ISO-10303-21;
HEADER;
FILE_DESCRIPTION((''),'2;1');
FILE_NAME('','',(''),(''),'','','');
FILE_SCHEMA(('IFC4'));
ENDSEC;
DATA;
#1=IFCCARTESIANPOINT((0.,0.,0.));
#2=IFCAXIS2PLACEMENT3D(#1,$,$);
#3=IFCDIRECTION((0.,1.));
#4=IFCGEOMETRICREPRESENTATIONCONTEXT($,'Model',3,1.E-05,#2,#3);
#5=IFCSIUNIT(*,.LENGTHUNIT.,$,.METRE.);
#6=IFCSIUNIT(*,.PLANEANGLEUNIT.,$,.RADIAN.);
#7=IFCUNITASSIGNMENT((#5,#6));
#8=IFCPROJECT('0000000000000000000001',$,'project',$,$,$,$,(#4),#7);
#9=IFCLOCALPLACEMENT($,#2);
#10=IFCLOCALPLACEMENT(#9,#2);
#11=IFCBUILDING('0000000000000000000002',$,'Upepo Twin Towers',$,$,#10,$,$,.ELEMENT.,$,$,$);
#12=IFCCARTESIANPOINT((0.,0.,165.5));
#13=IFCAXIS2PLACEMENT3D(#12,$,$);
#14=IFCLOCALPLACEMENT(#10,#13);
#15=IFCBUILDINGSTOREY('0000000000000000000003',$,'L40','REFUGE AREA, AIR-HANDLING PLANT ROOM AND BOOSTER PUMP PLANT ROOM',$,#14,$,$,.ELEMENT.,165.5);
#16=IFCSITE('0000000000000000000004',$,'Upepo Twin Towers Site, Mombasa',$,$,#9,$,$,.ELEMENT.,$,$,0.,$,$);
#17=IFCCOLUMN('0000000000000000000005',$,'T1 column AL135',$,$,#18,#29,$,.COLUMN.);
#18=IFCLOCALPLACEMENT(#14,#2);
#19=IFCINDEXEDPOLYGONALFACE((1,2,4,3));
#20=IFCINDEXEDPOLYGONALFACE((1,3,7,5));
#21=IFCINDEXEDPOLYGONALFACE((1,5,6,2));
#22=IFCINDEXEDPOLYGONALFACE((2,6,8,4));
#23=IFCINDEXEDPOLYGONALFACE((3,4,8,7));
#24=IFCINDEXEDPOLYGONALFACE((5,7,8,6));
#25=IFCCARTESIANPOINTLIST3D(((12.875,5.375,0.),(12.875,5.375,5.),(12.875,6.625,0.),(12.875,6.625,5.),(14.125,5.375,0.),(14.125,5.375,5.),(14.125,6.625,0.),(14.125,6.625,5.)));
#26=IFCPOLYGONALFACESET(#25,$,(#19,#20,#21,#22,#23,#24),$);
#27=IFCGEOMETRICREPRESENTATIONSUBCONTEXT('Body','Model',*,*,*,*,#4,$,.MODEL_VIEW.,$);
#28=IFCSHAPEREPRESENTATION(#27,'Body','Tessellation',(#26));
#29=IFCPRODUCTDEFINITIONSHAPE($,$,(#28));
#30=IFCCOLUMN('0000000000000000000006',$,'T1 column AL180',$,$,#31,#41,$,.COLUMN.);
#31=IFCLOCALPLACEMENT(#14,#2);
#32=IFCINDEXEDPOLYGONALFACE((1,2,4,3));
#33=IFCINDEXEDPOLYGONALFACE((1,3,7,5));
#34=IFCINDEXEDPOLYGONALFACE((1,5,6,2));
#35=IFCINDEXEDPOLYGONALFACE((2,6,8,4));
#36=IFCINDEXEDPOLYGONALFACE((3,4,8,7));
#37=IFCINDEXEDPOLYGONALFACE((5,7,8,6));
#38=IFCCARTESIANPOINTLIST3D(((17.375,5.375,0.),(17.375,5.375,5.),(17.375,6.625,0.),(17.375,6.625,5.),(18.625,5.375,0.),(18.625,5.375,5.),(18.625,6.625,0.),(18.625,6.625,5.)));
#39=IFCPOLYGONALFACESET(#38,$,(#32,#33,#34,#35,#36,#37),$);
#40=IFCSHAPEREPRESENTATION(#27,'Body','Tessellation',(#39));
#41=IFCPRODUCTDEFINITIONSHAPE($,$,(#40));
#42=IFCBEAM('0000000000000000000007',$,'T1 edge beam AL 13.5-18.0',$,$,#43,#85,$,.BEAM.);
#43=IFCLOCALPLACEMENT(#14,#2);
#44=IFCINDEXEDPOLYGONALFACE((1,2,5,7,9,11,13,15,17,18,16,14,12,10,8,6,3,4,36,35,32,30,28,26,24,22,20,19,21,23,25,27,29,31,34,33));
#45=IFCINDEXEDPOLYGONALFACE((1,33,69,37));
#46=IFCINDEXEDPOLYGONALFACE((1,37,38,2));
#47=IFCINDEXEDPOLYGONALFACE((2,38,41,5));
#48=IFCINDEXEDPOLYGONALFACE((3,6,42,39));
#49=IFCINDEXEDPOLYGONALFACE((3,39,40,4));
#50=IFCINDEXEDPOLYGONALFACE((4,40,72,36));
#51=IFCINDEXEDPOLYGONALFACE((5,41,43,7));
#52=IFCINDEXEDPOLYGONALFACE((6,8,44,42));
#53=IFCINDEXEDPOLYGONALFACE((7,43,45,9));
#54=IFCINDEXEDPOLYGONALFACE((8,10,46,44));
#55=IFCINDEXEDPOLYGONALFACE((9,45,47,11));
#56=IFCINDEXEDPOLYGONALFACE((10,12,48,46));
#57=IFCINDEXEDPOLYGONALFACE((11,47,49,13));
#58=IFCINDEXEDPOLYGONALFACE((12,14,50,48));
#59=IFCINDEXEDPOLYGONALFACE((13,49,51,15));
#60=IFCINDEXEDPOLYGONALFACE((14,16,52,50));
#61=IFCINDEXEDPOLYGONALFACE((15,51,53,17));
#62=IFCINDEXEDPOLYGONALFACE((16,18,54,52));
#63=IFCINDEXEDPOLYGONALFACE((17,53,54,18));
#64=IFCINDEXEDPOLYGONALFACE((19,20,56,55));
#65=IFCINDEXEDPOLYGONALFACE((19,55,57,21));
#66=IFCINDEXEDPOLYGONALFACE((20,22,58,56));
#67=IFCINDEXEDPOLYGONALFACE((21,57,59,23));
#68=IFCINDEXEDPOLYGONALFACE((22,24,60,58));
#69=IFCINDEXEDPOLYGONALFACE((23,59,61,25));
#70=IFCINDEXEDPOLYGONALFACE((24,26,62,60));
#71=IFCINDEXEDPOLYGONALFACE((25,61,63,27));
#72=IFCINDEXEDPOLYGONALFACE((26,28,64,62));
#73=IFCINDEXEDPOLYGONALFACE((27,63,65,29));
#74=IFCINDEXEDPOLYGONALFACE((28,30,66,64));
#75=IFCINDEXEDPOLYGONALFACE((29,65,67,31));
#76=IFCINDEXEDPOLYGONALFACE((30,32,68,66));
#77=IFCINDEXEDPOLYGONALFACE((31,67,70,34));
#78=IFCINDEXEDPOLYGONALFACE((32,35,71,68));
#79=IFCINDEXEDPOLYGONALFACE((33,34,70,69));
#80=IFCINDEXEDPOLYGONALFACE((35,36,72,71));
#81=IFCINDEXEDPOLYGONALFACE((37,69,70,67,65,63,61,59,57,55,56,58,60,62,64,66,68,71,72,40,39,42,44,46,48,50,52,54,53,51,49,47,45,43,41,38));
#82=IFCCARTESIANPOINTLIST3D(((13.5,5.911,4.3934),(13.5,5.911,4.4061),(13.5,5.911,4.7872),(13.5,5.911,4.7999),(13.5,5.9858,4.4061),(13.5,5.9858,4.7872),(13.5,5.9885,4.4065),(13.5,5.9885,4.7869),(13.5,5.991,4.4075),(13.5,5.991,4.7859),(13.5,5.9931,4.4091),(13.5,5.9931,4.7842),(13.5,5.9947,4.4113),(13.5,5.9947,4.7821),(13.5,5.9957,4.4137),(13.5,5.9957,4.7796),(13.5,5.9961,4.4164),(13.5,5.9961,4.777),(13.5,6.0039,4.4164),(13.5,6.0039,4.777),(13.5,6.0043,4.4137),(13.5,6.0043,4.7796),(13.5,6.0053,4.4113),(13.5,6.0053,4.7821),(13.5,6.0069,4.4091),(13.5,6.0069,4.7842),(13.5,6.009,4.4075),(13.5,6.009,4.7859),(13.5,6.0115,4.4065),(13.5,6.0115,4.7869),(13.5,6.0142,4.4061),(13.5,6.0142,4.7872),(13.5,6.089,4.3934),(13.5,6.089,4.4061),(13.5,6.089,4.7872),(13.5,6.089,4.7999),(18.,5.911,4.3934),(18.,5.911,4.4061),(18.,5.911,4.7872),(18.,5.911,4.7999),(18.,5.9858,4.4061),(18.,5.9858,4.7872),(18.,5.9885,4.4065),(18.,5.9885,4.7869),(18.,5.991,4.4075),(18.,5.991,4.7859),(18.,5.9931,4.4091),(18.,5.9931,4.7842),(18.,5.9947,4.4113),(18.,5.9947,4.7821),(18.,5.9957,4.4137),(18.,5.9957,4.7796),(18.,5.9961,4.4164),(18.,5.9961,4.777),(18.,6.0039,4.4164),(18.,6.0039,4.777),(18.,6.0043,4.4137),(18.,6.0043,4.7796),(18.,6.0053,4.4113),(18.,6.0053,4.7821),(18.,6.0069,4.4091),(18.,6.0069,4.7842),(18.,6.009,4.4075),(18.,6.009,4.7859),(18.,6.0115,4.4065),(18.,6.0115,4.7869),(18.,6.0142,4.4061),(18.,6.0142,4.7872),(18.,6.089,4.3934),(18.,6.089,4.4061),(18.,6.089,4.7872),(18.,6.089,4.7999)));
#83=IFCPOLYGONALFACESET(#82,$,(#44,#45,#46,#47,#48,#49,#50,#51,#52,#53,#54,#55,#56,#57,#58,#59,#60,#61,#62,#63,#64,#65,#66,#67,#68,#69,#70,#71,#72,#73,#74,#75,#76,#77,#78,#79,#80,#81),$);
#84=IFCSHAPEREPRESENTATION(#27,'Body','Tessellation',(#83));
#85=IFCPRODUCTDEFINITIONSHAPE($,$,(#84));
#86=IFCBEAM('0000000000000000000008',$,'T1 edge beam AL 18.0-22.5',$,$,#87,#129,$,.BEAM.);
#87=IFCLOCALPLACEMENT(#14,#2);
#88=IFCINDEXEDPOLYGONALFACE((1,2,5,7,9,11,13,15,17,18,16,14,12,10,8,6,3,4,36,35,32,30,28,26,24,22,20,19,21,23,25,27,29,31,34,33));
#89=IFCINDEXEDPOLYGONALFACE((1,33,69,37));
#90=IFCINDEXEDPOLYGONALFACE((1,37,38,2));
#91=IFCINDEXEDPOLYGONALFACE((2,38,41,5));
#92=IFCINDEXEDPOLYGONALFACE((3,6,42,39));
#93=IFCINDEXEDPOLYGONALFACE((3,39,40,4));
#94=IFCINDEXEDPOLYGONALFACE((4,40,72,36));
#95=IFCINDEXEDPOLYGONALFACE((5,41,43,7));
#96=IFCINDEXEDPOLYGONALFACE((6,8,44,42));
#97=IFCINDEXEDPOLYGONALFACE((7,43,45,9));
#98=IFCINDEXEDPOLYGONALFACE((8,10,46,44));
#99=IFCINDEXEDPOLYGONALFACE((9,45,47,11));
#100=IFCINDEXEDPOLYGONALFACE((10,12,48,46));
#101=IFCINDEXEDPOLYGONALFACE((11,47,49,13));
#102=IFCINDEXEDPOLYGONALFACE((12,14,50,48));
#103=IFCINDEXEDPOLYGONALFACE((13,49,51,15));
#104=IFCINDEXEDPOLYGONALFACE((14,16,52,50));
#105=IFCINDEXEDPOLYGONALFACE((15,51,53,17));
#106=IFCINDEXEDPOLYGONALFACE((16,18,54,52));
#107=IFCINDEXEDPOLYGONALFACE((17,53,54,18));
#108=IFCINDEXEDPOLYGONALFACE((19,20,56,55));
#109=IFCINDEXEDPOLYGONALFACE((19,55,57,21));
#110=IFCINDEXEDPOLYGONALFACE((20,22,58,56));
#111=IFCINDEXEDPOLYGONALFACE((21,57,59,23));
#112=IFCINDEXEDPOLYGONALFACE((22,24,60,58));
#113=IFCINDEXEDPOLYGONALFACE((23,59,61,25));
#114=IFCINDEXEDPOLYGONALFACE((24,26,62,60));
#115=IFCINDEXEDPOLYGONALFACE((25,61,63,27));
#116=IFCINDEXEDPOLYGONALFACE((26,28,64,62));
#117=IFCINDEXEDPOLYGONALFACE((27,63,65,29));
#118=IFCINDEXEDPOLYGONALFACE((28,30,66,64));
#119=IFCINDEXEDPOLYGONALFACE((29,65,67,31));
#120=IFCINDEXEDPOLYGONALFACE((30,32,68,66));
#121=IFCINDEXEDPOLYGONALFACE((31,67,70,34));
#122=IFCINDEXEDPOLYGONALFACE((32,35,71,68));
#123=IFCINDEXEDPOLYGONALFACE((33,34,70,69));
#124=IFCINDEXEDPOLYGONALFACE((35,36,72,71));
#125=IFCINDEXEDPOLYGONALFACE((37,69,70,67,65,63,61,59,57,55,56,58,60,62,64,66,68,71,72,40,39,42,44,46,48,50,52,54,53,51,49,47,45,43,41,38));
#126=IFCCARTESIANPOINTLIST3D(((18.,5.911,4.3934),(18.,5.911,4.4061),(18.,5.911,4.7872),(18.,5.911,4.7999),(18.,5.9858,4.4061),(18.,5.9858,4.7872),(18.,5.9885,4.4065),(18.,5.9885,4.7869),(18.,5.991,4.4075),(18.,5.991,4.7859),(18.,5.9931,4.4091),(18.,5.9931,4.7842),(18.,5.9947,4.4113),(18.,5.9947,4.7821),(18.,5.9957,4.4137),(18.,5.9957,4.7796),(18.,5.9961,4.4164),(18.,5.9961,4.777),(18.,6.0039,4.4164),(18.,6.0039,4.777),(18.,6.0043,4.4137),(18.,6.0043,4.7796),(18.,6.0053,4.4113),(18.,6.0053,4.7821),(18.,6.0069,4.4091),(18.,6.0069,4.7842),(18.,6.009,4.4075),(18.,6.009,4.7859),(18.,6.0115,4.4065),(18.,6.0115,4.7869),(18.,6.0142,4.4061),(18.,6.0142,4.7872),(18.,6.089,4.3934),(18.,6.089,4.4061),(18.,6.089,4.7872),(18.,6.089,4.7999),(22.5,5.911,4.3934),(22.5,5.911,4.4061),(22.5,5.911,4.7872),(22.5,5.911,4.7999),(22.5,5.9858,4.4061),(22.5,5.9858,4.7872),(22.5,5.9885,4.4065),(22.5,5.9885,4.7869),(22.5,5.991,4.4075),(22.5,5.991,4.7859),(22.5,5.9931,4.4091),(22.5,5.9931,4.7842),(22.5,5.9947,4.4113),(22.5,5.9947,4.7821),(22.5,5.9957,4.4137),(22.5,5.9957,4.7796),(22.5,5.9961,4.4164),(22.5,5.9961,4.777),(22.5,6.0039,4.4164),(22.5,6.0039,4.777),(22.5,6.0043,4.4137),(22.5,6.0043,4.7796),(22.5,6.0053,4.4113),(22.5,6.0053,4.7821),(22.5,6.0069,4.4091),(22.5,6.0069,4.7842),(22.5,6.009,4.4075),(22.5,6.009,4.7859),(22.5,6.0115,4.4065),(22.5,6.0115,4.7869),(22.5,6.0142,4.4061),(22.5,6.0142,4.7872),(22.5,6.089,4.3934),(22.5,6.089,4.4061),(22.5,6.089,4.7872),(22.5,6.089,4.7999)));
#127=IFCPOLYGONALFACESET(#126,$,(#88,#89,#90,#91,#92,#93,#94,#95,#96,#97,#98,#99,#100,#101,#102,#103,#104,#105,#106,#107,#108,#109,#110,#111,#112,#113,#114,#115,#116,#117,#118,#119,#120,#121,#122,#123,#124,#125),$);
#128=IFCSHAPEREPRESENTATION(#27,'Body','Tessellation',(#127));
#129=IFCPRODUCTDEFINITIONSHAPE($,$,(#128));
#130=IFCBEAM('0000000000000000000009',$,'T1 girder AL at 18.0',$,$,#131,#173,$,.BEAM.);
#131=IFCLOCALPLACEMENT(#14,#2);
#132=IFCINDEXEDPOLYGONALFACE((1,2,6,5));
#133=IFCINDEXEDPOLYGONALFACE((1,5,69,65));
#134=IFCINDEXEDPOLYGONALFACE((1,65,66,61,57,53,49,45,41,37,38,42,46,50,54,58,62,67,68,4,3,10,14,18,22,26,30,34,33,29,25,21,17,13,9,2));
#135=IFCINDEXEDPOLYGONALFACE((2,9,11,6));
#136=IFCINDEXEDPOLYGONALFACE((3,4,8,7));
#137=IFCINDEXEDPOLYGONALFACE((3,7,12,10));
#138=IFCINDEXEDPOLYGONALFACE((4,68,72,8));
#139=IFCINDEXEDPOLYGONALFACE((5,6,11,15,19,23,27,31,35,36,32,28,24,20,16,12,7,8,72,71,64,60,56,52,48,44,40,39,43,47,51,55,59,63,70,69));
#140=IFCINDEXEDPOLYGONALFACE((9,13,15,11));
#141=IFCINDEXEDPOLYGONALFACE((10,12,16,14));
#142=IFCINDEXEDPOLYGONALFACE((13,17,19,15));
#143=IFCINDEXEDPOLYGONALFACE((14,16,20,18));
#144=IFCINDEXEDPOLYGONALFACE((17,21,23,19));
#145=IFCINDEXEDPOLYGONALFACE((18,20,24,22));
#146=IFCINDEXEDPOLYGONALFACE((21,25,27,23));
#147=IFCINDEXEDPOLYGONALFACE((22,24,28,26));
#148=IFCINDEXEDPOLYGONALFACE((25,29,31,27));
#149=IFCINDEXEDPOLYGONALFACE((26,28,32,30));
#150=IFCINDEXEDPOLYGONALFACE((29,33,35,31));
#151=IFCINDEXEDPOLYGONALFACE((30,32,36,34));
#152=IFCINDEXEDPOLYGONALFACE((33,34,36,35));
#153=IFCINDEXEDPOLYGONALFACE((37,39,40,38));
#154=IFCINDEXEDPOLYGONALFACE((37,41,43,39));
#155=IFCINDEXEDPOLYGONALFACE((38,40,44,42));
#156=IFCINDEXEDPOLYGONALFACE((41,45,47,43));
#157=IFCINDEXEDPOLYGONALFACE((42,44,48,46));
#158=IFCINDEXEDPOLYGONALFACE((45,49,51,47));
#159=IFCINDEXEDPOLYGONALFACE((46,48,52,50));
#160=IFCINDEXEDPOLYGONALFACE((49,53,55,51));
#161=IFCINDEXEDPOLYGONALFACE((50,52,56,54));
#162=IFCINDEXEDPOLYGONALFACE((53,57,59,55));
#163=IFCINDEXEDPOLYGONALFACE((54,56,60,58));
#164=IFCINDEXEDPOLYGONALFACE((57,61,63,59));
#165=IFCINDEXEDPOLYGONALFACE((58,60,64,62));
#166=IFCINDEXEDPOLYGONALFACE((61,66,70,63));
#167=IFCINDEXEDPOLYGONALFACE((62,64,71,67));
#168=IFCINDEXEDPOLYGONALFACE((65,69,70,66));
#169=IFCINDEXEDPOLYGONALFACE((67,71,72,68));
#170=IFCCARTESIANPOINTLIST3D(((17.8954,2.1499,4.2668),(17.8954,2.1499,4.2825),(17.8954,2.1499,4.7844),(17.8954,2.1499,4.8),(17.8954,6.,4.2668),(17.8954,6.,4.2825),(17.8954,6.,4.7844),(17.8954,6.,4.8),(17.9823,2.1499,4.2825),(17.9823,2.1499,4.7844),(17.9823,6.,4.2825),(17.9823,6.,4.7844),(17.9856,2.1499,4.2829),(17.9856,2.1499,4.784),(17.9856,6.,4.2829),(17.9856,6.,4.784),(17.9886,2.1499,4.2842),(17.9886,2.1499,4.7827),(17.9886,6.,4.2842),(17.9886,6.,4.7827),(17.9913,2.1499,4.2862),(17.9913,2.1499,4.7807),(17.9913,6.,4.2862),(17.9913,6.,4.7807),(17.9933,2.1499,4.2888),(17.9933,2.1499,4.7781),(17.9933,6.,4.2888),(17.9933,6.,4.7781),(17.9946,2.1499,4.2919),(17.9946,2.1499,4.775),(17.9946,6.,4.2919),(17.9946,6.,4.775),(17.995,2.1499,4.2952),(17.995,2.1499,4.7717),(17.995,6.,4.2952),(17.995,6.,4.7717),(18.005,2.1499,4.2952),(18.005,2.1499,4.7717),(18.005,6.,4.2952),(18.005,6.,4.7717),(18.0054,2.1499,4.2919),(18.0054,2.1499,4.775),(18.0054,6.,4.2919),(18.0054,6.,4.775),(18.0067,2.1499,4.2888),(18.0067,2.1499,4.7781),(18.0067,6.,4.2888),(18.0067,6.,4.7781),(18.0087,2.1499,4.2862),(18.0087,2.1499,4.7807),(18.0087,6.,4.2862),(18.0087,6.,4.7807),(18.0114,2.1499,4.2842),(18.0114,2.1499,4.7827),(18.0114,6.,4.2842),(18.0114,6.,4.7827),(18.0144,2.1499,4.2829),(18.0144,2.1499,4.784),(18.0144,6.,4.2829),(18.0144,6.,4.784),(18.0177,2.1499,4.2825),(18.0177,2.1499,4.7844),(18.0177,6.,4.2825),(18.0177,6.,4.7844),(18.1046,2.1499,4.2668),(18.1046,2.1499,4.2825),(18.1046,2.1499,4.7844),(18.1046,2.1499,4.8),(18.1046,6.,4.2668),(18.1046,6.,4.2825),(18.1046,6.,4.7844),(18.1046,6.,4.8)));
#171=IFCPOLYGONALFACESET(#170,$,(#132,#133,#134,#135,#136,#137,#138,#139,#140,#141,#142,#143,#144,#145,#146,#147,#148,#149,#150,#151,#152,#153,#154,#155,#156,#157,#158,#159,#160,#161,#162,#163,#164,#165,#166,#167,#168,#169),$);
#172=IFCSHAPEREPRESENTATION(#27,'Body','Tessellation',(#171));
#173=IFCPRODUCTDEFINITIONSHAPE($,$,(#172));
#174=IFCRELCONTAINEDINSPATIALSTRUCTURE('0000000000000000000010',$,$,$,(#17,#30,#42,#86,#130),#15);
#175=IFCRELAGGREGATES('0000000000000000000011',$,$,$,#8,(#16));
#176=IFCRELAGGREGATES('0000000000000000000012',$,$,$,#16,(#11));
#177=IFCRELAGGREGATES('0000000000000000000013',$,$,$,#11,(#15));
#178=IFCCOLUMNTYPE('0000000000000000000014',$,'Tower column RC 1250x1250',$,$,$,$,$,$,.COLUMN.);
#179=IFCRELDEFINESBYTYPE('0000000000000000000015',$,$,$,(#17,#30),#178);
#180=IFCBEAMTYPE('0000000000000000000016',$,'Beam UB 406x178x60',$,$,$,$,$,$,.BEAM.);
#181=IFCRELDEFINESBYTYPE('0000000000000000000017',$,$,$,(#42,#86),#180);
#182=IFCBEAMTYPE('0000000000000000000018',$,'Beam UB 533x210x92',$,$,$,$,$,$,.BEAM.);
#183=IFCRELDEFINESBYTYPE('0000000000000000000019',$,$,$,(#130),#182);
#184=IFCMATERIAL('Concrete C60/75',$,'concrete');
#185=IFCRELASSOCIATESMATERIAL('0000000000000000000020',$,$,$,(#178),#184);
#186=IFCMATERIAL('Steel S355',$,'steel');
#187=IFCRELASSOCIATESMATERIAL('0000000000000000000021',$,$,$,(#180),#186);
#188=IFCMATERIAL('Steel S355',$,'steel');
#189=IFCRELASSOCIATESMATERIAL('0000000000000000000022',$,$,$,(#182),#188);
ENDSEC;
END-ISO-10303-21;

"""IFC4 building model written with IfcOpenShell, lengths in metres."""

from ifc_helpers import new_model, si_unit, direction, frame, origin, origin_2d, place, context, subcontext, project, spatial, rectangle, i_section, extrude, material, material_profile, profile_set, type_object, element, save


model = new_model("IFC4")

# Units and contexts
model_context = context("Model", 3, precision=1e-05, world=origin(), true_north=direction((0.0, 1.0)))
body_context = subcontext(model_context, "Body", "Model", "MODEL_VIEW")
ifc_project = project(units=[si_unit("LENGTHUNIT", "METRE"), si_unit("PLANEANGLEUNIT", "RADIAN")], contexts=[model_context])

# Site, building, storey
site_placement = place(None, origin())
site = spatial("IfcSite", under=ifc_project, at=site_placement, Name="Upepo Twin Towers Site, Mombasa", CompositionType="ELEMENT", RefElevation=0.0)
building_placement = place(site_placement, origin())
building = spatial("IfcBuilding", under=site, at=building_placement, Name="Upepo Twin Towers", CompositionType="ELEMENT")
storey_placement = place(building_placement, frame((0.0, 0.0, 165.5)))
storey = spatial("IfcBuildingStorey", under=building, at=storey_placement, Name="L40", Description="REFUGE AREA, AIR-HANDLING PLANT ROOM AND BOOSTER PUMP PLANT ROOM", CompositionType="ELEMENT", Elevation=165.5)

# Columns
ifc_material_1 = material(Name="Concrete C60/75", Category="concrete")
ifc_material_profile_1 = material_profile(ifc_material_1, rectangle(XDim=1.25, YDim=1.25, at=origin_2d()), Name="RC 1250x1250")
ifc_profile_set_1 = profile_set([ifc_material_profile_1], Name="Concrete C60/75")
column_type = type_object("IfcColumnType", Name="Tower column RC 1250x1250", PredefinedType="COLUMN", material=ifc_profile_set_1)
for number, where, z_axis, x_axis, name in (
    (1, (13.5, 6.0, 0.0), (0.0, 0.0, 1.0), (1.0, 0.0, 0.0), "T1 column AL135"),
    (2, (18.0, 6.0, 0.0), (0.0, 0.0, 1.0), (1.0, 0.0, 0.0), "T1 column AL180"),
):
    element("IfcColumn", number, at=place(storey_placement, frame(where, z_axis=z_axis, x_axis=x_axis)), inside=storey, type_object=column_type, Name=name, PredefinedType="COLUMN", context=body_context, shape_type="SweptSolid", body=[
        extrude(rectangle(XDim=1.25, YDim=1.25, at=origin_2d()), origin(), (0.0, 0.0, 1.0), 5.0),
    ])

# Beams
ifc_material_2 = material(Name="Steel S355", Category="steel")
ifc_material_profile_2 = material_profile(ifc_material_2, i_section(OverallWidth=0.178, OverallDepth=0.4065, WebThickness=0.0078, FlangeThickness=0.0127, FilletRadius=0.0103, at=origin_2d()), Name="UB 406x178x60")
ifc_profile_set_2 = profile_set([ifc_material_profile_2], Name="Steel S355")
beam_type_1 = type_object("IfcBeamType", Name="Beam UB 406x178x60", PredefinedType="BEAM", material=ifc_profile_set_2)
for number, where, z_axis, x_axis, name in (
    (3, (13.5, 6.0, 4.5967), (1.0, 0.0, 0.0), (0.0, 1.0, 0.0), "T1 edge beam AL 13.5-18.0"),
    (4, (18.0, 6.0, 4.5967), (1.0, 0.0, 0.0), (0.0, 1.0, 0.0), "T1 edge beam AL 18.0-22.5"),
):
    element("IfcBeam", number, at=place(storey_placement, frame(where, z_axis=z_axis, x_axis=x_axis)), inside=storey, type_object=beam_type_1, Name=name, PredefinedType="BEAM", context=body_context, shape_type="SweptSolid", body=[
        extrude(i_section(OverallWidth=0.178, OverallDepth=0.4065, WebThickness=0.0078, FlangeThickness=0.0127, FilletRadius=0.0103, at=origin_2d()), origin(), (0.0, 0.0, 1.0), 4.5),
    ])
ifc_material_3 = material(Name="Steel S355", Category="steel")
ifc_material_profile_3 = material_profile(ifc_material_3, i_section(OverallWidth=0.2092, OverallDepth=0.5332, WebThickness=0.01, FlangeThickness=0.0156, FilletRadius=0.0127, at=origin_2d()), Name="UB 533x210x92")
ifc_profile_set_3 = profile_set([ifc_material_profile_3], Name="Steel S355")
beam_type_2 = type_object("IfcBeamType", Name="Beam UB 533x210x92", PredefinedType="BEAM", material=ifc_profile_set_3)
beam_placement = place(storey_placement, frame((18.0, 6.0, 4.5334), z_axis=(0.0, -1.0, 0.0), x_axis=(1.0, 0.0, 0.0)))
element("IfcBeam", 5, at=beam_placement, inside=storey, type_object=beam_type_2, Name="T1 girder AL at 18.0", PredefinedType="BEAM", context=body_context, shape_type="SweptSolid", body=[
    extrude(i_section(OverallWidth=0.2092, OverallDepth=0.5332, WebThickness=0.01, FlangeThickness=0.0156, FilletRadius=0.0127, at=origin_2d()), origin(), (0.0, 0.0, 1.0), 3.8501),
])

save(model, "model.ifc")
